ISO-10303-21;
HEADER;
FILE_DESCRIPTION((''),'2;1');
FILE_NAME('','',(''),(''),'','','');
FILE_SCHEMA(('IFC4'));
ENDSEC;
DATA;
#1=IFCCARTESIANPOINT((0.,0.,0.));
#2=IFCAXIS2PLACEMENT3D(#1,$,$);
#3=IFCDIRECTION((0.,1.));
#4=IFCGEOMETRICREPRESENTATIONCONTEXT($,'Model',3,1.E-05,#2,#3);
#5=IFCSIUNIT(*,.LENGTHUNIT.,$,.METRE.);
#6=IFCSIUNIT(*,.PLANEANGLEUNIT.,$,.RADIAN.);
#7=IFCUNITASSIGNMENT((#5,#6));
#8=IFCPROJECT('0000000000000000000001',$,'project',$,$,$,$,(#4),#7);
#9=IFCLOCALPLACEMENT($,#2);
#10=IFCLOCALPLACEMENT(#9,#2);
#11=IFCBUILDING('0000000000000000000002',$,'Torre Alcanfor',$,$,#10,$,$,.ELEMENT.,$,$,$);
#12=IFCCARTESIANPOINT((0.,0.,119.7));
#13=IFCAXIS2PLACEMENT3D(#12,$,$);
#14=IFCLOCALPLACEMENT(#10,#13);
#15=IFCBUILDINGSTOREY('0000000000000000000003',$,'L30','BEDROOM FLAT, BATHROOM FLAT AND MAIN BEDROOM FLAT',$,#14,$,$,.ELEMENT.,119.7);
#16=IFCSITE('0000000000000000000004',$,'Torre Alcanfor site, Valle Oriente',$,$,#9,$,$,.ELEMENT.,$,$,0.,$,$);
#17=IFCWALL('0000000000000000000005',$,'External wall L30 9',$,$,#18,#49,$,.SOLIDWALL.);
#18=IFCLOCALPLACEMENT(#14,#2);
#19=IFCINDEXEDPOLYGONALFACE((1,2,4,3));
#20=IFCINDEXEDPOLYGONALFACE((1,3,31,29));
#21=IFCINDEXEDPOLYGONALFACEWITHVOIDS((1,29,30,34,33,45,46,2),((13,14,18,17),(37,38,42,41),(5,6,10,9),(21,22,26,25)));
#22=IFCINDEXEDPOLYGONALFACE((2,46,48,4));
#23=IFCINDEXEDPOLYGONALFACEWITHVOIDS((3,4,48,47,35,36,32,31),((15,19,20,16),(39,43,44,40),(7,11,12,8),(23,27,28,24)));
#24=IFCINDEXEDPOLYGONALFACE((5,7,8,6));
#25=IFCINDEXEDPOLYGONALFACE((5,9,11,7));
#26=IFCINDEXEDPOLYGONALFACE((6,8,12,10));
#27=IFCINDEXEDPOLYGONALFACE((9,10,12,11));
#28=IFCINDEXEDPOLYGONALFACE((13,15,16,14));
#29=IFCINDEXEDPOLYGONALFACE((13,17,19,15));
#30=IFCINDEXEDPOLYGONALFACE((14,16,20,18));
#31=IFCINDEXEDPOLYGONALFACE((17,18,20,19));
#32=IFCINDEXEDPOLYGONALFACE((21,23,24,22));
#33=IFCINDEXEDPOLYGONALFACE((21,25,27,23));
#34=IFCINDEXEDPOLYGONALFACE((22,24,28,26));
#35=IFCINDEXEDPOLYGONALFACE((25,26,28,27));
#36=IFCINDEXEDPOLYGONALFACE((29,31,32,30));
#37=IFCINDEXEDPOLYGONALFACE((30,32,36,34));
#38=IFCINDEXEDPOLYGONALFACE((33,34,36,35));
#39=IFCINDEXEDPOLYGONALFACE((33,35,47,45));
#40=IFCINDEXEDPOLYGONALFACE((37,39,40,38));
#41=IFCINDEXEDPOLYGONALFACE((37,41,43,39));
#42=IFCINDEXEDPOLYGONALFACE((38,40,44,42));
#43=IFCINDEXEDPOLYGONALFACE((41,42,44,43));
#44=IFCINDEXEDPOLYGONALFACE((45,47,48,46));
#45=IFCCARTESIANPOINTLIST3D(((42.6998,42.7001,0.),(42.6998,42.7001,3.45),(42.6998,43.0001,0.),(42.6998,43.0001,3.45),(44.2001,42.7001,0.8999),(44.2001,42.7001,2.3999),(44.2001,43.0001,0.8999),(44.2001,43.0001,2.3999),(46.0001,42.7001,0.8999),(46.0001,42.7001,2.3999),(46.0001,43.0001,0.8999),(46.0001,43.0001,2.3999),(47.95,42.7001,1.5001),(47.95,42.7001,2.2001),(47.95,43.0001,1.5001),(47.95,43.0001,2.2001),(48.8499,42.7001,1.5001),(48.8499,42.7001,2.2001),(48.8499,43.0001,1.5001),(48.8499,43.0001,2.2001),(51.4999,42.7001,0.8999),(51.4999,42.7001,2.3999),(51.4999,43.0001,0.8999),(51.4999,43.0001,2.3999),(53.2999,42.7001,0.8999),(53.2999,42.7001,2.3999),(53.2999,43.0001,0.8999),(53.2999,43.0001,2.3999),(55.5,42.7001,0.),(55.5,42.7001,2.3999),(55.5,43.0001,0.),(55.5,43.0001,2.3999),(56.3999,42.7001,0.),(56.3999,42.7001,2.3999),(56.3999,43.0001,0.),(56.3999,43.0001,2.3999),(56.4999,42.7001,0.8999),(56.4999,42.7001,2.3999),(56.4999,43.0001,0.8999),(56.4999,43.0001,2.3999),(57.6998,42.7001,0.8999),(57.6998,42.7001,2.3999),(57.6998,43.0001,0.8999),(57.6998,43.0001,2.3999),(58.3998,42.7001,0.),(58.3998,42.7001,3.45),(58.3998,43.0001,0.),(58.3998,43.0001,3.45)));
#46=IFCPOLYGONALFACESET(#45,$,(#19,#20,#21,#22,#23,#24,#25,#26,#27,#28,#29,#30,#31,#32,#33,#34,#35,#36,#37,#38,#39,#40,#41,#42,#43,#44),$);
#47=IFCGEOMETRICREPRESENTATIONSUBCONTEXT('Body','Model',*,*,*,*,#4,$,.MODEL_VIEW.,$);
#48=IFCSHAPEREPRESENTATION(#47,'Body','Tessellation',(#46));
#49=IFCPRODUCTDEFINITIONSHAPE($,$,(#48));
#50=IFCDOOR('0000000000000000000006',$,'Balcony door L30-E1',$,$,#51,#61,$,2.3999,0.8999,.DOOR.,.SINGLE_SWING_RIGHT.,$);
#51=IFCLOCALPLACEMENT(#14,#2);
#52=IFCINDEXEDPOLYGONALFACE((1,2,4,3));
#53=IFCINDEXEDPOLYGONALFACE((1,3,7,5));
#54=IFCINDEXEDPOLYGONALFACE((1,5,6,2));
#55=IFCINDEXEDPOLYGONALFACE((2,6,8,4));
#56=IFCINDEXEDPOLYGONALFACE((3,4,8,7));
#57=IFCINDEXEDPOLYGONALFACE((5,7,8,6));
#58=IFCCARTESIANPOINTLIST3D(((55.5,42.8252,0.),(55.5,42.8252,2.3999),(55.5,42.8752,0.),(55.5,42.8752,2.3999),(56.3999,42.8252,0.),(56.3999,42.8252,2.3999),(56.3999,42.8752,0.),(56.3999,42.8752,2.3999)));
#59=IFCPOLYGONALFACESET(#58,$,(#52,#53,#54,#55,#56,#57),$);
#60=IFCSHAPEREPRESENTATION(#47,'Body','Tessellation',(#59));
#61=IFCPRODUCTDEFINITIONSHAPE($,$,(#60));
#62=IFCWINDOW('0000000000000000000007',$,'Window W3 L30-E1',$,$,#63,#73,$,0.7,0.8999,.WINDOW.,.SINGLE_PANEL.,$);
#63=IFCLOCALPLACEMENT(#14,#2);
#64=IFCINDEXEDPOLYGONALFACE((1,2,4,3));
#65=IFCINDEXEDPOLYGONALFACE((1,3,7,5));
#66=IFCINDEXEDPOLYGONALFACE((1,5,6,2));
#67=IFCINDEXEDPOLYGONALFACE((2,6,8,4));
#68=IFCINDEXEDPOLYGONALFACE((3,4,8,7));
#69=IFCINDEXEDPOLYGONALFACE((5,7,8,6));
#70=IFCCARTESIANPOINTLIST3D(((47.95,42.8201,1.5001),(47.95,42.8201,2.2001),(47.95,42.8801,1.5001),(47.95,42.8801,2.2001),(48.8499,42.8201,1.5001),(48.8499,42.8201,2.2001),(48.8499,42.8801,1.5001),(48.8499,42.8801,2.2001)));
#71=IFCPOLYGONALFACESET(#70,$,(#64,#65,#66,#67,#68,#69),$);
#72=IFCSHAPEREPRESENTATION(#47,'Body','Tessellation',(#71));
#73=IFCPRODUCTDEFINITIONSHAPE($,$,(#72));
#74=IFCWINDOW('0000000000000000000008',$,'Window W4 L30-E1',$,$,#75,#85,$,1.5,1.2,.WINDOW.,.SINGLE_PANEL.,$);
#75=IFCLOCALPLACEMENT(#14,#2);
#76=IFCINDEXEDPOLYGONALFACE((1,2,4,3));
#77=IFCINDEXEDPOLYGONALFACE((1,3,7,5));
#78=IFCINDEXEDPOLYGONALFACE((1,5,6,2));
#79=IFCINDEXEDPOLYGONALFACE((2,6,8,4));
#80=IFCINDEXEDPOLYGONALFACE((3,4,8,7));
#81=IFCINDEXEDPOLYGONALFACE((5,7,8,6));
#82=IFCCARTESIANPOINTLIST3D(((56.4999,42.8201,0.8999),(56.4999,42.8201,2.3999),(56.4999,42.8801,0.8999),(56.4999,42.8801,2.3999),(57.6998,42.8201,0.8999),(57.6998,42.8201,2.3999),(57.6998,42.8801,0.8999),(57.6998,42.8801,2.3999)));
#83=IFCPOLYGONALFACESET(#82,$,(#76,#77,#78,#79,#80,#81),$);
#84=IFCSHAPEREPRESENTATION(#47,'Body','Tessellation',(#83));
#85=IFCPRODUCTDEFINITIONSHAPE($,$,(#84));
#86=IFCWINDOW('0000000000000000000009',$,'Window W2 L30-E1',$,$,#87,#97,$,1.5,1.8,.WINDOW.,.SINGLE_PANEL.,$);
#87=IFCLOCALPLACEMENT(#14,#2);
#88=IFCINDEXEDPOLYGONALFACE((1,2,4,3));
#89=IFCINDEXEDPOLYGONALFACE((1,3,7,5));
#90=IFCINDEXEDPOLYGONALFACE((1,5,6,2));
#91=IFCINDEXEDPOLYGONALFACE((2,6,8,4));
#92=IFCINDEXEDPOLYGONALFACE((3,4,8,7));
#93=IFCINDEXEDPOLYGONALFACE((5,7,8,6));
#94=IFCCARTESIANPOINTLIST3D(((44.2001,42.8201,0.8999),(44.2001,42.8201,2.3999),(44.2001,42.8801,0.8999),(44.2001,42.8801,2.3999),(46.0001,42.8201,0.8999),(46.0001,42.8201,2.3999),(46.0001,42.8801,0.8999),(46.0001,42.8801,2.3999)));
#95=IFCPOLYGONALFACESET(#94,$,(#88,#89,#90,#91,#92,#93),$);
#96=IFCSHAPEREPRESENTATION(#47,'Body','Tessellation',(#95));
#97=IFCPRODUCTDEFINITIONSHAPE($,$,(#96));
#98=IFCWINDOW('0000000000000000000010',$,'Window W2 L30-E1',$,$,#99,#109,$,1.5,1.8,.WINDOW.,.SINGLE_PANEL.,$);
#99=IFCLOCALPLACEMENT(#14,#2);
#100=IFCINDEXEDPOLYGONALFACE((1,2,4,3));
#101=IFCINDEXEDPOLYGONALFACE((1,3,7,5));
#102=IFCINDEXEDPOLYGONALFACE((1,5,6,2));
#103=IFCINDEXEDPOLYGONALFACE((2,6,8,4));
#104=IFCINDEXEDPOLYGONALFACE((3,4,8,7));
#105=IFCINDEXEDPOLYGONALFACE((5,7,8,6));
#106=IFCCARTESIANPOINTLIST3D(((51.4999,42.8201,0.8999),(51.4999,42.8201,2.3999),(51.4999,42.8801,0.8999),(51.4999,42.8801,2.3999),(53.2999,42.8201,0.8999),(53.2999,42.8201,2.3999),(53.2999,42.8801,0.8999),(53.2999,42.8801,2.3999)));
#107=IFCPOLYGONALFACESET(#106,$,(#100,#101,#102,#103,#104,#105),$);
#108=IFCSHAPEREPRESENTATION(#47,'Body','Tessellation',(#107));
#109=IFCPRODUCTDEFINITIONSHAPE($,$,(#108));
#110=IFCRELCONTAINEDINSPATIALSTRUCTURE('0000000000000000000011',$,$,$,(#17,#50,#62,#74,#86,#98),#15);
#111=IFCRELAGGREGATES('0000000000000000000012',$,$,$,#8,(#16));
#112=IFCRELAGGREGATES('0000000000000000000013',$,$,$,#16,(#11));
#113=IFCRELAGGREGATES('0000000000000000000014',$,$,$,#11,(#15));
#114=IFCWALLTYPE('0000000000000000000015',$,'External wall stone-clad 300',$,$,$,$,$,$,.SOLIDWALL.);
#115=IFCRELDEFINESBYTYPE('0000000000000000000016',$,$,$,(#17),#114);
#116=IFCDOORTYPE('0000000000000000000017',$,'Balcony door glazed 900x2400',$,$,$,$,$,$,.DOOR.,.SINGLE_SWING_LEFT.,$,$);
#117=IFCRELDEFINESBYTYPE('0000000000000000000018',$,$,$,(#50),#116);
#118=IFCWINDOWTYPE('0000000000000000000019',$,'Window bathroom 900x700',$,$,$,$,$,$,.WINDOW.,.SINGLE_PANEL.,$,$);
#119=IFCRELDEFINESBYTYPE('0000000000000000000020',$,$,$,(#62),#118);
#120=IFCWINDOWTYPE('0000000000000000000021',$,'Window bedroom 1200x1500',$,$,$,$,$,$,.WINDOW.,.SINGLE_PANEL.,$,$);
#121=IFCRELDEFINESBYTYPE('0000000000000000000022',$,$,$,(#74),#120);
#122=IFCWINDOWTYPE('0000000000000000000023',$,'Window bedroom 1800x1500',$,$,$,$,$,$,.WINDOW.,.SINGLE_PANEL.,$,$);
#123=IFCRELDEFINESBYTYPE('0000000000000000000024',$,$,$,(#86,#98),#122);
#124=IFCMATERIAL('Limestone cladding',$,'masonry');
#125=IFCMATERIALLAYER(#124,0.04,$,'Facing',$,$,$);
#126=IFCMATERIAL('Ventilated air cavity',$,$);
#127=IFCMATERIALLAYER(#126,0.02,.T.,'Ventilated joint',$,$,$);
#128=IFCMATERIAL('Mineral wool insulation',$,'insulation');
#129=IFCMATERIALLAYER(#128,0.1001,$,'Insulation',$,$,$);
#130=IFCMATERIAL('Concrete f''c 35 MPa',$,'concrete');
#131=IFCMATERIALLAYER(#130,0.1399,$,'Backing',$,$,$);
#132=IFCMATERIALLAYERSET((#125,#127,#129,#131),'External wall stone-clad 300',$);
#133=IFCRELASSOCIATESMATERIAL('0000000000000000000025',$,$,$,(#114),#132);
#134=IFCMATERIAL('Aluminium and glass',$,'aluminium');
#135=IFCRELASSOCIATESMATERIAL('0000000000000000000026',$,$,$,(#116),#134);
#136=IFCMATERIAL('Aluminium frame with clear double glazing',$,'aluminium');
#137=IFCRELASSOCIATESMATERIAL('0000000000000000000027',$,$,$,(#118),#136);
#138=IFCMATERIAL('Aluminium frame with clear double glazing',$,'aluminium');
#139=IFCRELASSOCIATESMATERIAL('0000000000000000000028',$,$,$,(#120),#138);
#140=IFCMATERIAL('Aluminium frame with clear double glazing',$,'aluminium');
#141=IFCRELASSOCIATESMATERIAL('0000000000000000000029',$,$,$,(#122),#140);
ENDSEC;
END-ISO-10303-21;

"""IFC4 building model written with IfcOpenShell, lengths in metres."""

from ifc_helpers import new_model, si_unit, direction, frame, frame_2d, origin, place, context, subcontext, project, spatial, rectangle, extrude, material, layer, layer_set, type_object, element, fill, save


model = new_model("IFC4")

# Units and contexts
model_context = context("Model", 3, precision=1e-05, world=origin(), true_north=direction((0.0, 1.0)))
body_context = subcontext(model_context, "Body", "Model", "MODEL_VIEW")
ifc_project = project(units=[si_unit("LENGTHUNIT", "METRE"), si_unit("PLANEANGLEUNIT", "RADIAN")], contexts=[model_context])

# Site, building, storey
site_placement = place(None, origin())
site = spatial("IfcSite", under=ifc_project, at=site_placement, Name="Torre Alcanfor site, Valle Oriente", CompositionType="ELEMENT", RefElevation=0.0)
building_placement = place(site_placement, origin())
building = spatial("IfcBuilding", under=site, at=building_placement, Name="Torre Alcanfor", CompositionType="ELEMENT")
storey_placement = place(building_placement, frame((0.0, 0.0, 119.7)))
storey = spatial("IfcBuildingStorey", under=building, at=storey_placement, Name="L30", Description="BEDROOM FLAT, BATHROOM FLAT AND MAIN BEDROOM FLAT", CompositionType="ELEMENT", Elevation=119.7)

# Wall, openings, door, windows
ifc_material_1 = material(Name="Limestone cladding", Category="masonry")
ifc_layer_1 = layer(ifc_material_1, 0.04, Name="Facing")
ifc_material_2 = material(Name="Ventilated air cavity")
ifc_layer_2 = layer(ifc_material_2, 0.02, ventilated=True, Name="Ventilated joint")
ifc_material_3 = material(Name="Mineral wool insulation", Category="insulation")
ifc_layer_3 = layer(ifc_material_3, 0.1001, Name="Insulation")
ifc_material_4 = material(Name="Concrete f'c 35 MPa", Category="concrete")
ifc_layer_4 = layer(ifc_material_4, 0.1399, Name="Backing")
ifc_layer_set_1 = layer_set([ifc_layer_1, ifc_layer_2, ifc_layer_3, ifc_layer_4], Name="External wall stone-clad 300")
wall_type_1 = type_object("IfcWallType", Name="External wall stone-clad 300", PredefinedType="SOLIDWALL", material=ifc_layer_set_1)
wall_1_placement = place(storey_placement, frame((58.3999, 42.8501, 0.0), z_axis=(0.0, 0.0, 1.0), x_axis=(-1.0, 0.0, 0.0)))
wall_1 = element("IfcWall", 1, at=wall_1_placement, inside=storey, type_object=wall_type_1, Name="External wall L30 9", PredefinedType="SOLIDWALL", context=body_context, shape_type="SweptSolid", body=[
    extrude(rectangle(XDim=15.7, YDim=0.3, at=frame_2d((7.8501, 0.0))), origin(), (0.0, 0.0, 1.0), 3.45),
])
opening_1_placement = place(wall_1_placement, frame((12.3999, 0.0, 0.8999)))
opening_1 = element("IfcOpeningElement", 2, at=opening_1_placement, cuts=wall_1, PredefinedType="OPENING", context=body_context, shape_type="SweptSolid", body=[
    extrude(rectangle(XDim=1.8, YDim=1.5, at=frame_2d((0.8999, 0.75))), frame((0.0, 0.1599, 0.0), z_axis=(0.0, -1.0, 0.0), x_axis=(1.0, 0.0, 0.0)), (0.0, 0.0, 1.0), 0.3201),
])
opening_2_placement = place(wall_1_placement, frame((9.55, 0.0, 1.5)))
opening_2 = element("IfcOpeningElement", 3, at=opening_2_placement, cuts=wall_1, PredefinedType="OPENING", context=body_context, shape_type="SweptSolid", body=[
    extrude(rectangle(XDim=0.8999, YDim=0.7, at=frame_2d((0.45, 0.3501))), frame((0.0, 0.1599, 0.0), z_axis=(0.0, -1.0, 0.0), x_axis=(1.0, 0.0, 0.0)), (0.0, 0.0, 1.0), 0.3201),
])
opening_3_placement = place(wall_1_placement, frame((5.1001, 0.0, 0.8999)))
opening_3 = element("IfcOpeningElement", 4, at=opening_3_placement, cuts=wall_1, PredefinedType="OPENING", context=body_context, shape_type="SweptSolid", body=[
    extrude(rectangle(XDim=1.8, YDim=1.5, at=frame_2d((0.8999, 0.75))), frame((0.0, 0.1599, 0.0), z_axis=(0.0, -1.0, 0.0), x_axis=(1.0, 0.0, 0.0)), (0.0, 0.0, 1.0), 0.3201),
])
opening_4_placement = place(wall_1_placement, frame((2.0, 0.0, 0.0)))
opening_4 = element("IfcOpeningElement", 5, at=opening_4_placement, cuts=wall_1, PredefinedType="OPENING", context=body_context, shape_type="SweptSolid", body=[
    extrude(rectangle(XDim=0.8999, YDim=2.3999, at=frame_2d((0.45, 1.2))), frame((0.0, 0.1599, 0.0), z_axis=(0.0, -1.0, 0.0), x_axis=(1.0, 0.0, 0.0)), (0.0, 0.0, 1.0), 0.3201),
])
opening_5_placement = place(wall_1_placement, frame((0.7, 0.0, 0.8999)))
opening_5 = element("IfcOpeningElement", 6, at=opening_5_placement, cuts=wall_1, PredefinedType="OPENING", context=body_context, shape_type="SweptSolid", body=[
    extrude(rectangle(XDim=1.2, YDim=1.5, at=frame_2d((0.6001, 0.75))), frame((0.0, 0.1599, 0.0), z_axis=(0.0, -1.0, 0.0), x_axis=(1.0, 0.0, 0.0)), (0.0, 0.0, 1.0), 0.3201),
])
ifc_material_5 = material(Name="Aluminium and glass", Category="aluminium")
door_type_1 = type_object("IfcDoorType", Name="Balcony door glazed 900x2400", OperationType="SINGLE_SWING_LEFT", PredefinedType="DOOR", material=ifc_material_5)
door_1_placement = place(opening_4_placement, origin())
door_1 = element("IfcDoor", 7, at=door_1_placement, inside=storey, type_object=door_type_1, Name="Balcony door L30-E1", OperationType="SINGLE_SWING_RIGHT", OverallHeight=2.3999, OverallWidth=0.8999, PredefinedType="DOOR", context=body_context, shape_type="SweptSolid", body=[
    extrude(rectangle(XDim=0.8999, YDim=2.3999, at=frame_2d((0.45, 1.2))), frame((0.0, 0.0249, 0.0), z_axis=(0.0, -1.0, 0.0), x_axis=(1.0, 0.0, 0.0)), (0.0, 0.0, 1.0), 0.05),
])
fill(opening_4, door_1)
ifc_material_6 = material(Name="Aluminium frame with clear double glazing", Category="aluminium")
window_type_1 = type_object("IfcWindowType", Name="Window bathroom 900x700", PartitioningType="SINGLE_PANEL", PredefinedType="WINDOW", material=ifc_material_6)
window_1_placement = place(opening_2_placement, origin())
window_1 = element("IfcWindow", 8, at=window_1_placement, inside=storey, type_object=window_type_1, Name="Window W3 L30-E1", OverallHeight=0.7, OverallWidth=0.8999, PartitioningType="SINGLE_PANEL", PredefinedType="WINDOW", context=body_context, shape_type="SweptSolid", body=[
    extrude(rectangle(XDim=0.8999, YDim=0.7, at=frame_2d((0.45, 0.3501))), frame((0.0, 0.03, 0.0), z_axis=(0.0, -1.0, 0.0), x_axis=(1.0, 0.0, 0.0)), (0.0, 0.0, 1.0), 0.0601),
])
fill(opening_2, window_1)
ifc_material_7 = material(Name="Aluminium frame with clear double glazing", Category="aluminium")
window_type_2 = type_object("IfcWindowType", Name="Window bedroom 1200x1500", PartitioningType="SINGLE_PANEL", PredefinedType="WINDOW", material=ifc_material_7)
window_2_placement = place(opening_5_placement, origin())
window_2 = element("IfcWindow", 9, at=window_2_placement, inside=storey, type_object=window_type_2, Name="Window W4 L30-E1", OverallHeight=1.5, OverallWidth=1.2, PartitioningType="SINGLE_PANEL", PredefinedType="WINDOW", context=body_context, shape_type="SweptSolid", body=[
    extrude(rectangle(XDim=1.2, YDim=1.5, at=frame_2d((0.6001, 0.75))), frame((0.0, 0.03, 0.0), z_axis=(0.0, -1.0, 0.0), x_axis=(1.0, 0.0, 0.0)), (0.0, 0.0, 1.0), 0.0601),
])
fill(opening_5, window_2)
ifc_material_8 = material(Name="Aluminium frame with clear double glazing", Category="aluminium")
window_type_3 = type_object("IfcWindowType", Name="Window bedroom 1800x1500", PartitioningType="SINGLE_PANEL", PredefinedType="WINDOW", material=ifc_material_8)
window_3_placement = place(opening_1_placement, origin())
window_3 = element("IfcWindow", 10, at=window_3_placement, inside=storey, type_object=window_type_3, Name="Window W2 L30-E1", OverallHeight=1.5, OverallWidth=1.8, PartitioningType="SINGLE_PANEL", PredefinedType="WINDOW", context=body_context, shape_type="SweptSolid", body=[
    extrude(rectangle(XDim=1.8, YDim=1.5, at=frame_2d((0.8999, 0.75))), frame((0.0, 0.03, 0.0), z_axis=(0.0, -1.0, 0.0), x_axis=(1.0, 0.0, 0.0)), (0.0, 0.0, 1.0), 0.0601),
])
fill(opening_1, window_3)
window_4_placement = place(opening_3_placement, origin())
window_4 = element("IfcWindow", 11, at=window_4_placement, inside=storey, type_object=window_type_3, Name="Window W2 L30-E1", OverallHeight=1.5, OverallWidth=1.8, PartitioningType="SINGLE_PANEL", PredefinedType="WINDOW", context=body_context, shape_type="SweptSolid", body=[
    extrude(rectangle(XDim=1.8, YDim=1.5, at=frame_2d((0.8999, 0.75))), frame((0.0, 0.03, 0.0), z_axis=(0.0, -1.0, 0.0), x_axis=(1.0, 0.0, 0.0)), (0.0, 0.0, 1.0), 0.0601),
])
fill(opening_3, window_4)

save(model, "model.ifc")
